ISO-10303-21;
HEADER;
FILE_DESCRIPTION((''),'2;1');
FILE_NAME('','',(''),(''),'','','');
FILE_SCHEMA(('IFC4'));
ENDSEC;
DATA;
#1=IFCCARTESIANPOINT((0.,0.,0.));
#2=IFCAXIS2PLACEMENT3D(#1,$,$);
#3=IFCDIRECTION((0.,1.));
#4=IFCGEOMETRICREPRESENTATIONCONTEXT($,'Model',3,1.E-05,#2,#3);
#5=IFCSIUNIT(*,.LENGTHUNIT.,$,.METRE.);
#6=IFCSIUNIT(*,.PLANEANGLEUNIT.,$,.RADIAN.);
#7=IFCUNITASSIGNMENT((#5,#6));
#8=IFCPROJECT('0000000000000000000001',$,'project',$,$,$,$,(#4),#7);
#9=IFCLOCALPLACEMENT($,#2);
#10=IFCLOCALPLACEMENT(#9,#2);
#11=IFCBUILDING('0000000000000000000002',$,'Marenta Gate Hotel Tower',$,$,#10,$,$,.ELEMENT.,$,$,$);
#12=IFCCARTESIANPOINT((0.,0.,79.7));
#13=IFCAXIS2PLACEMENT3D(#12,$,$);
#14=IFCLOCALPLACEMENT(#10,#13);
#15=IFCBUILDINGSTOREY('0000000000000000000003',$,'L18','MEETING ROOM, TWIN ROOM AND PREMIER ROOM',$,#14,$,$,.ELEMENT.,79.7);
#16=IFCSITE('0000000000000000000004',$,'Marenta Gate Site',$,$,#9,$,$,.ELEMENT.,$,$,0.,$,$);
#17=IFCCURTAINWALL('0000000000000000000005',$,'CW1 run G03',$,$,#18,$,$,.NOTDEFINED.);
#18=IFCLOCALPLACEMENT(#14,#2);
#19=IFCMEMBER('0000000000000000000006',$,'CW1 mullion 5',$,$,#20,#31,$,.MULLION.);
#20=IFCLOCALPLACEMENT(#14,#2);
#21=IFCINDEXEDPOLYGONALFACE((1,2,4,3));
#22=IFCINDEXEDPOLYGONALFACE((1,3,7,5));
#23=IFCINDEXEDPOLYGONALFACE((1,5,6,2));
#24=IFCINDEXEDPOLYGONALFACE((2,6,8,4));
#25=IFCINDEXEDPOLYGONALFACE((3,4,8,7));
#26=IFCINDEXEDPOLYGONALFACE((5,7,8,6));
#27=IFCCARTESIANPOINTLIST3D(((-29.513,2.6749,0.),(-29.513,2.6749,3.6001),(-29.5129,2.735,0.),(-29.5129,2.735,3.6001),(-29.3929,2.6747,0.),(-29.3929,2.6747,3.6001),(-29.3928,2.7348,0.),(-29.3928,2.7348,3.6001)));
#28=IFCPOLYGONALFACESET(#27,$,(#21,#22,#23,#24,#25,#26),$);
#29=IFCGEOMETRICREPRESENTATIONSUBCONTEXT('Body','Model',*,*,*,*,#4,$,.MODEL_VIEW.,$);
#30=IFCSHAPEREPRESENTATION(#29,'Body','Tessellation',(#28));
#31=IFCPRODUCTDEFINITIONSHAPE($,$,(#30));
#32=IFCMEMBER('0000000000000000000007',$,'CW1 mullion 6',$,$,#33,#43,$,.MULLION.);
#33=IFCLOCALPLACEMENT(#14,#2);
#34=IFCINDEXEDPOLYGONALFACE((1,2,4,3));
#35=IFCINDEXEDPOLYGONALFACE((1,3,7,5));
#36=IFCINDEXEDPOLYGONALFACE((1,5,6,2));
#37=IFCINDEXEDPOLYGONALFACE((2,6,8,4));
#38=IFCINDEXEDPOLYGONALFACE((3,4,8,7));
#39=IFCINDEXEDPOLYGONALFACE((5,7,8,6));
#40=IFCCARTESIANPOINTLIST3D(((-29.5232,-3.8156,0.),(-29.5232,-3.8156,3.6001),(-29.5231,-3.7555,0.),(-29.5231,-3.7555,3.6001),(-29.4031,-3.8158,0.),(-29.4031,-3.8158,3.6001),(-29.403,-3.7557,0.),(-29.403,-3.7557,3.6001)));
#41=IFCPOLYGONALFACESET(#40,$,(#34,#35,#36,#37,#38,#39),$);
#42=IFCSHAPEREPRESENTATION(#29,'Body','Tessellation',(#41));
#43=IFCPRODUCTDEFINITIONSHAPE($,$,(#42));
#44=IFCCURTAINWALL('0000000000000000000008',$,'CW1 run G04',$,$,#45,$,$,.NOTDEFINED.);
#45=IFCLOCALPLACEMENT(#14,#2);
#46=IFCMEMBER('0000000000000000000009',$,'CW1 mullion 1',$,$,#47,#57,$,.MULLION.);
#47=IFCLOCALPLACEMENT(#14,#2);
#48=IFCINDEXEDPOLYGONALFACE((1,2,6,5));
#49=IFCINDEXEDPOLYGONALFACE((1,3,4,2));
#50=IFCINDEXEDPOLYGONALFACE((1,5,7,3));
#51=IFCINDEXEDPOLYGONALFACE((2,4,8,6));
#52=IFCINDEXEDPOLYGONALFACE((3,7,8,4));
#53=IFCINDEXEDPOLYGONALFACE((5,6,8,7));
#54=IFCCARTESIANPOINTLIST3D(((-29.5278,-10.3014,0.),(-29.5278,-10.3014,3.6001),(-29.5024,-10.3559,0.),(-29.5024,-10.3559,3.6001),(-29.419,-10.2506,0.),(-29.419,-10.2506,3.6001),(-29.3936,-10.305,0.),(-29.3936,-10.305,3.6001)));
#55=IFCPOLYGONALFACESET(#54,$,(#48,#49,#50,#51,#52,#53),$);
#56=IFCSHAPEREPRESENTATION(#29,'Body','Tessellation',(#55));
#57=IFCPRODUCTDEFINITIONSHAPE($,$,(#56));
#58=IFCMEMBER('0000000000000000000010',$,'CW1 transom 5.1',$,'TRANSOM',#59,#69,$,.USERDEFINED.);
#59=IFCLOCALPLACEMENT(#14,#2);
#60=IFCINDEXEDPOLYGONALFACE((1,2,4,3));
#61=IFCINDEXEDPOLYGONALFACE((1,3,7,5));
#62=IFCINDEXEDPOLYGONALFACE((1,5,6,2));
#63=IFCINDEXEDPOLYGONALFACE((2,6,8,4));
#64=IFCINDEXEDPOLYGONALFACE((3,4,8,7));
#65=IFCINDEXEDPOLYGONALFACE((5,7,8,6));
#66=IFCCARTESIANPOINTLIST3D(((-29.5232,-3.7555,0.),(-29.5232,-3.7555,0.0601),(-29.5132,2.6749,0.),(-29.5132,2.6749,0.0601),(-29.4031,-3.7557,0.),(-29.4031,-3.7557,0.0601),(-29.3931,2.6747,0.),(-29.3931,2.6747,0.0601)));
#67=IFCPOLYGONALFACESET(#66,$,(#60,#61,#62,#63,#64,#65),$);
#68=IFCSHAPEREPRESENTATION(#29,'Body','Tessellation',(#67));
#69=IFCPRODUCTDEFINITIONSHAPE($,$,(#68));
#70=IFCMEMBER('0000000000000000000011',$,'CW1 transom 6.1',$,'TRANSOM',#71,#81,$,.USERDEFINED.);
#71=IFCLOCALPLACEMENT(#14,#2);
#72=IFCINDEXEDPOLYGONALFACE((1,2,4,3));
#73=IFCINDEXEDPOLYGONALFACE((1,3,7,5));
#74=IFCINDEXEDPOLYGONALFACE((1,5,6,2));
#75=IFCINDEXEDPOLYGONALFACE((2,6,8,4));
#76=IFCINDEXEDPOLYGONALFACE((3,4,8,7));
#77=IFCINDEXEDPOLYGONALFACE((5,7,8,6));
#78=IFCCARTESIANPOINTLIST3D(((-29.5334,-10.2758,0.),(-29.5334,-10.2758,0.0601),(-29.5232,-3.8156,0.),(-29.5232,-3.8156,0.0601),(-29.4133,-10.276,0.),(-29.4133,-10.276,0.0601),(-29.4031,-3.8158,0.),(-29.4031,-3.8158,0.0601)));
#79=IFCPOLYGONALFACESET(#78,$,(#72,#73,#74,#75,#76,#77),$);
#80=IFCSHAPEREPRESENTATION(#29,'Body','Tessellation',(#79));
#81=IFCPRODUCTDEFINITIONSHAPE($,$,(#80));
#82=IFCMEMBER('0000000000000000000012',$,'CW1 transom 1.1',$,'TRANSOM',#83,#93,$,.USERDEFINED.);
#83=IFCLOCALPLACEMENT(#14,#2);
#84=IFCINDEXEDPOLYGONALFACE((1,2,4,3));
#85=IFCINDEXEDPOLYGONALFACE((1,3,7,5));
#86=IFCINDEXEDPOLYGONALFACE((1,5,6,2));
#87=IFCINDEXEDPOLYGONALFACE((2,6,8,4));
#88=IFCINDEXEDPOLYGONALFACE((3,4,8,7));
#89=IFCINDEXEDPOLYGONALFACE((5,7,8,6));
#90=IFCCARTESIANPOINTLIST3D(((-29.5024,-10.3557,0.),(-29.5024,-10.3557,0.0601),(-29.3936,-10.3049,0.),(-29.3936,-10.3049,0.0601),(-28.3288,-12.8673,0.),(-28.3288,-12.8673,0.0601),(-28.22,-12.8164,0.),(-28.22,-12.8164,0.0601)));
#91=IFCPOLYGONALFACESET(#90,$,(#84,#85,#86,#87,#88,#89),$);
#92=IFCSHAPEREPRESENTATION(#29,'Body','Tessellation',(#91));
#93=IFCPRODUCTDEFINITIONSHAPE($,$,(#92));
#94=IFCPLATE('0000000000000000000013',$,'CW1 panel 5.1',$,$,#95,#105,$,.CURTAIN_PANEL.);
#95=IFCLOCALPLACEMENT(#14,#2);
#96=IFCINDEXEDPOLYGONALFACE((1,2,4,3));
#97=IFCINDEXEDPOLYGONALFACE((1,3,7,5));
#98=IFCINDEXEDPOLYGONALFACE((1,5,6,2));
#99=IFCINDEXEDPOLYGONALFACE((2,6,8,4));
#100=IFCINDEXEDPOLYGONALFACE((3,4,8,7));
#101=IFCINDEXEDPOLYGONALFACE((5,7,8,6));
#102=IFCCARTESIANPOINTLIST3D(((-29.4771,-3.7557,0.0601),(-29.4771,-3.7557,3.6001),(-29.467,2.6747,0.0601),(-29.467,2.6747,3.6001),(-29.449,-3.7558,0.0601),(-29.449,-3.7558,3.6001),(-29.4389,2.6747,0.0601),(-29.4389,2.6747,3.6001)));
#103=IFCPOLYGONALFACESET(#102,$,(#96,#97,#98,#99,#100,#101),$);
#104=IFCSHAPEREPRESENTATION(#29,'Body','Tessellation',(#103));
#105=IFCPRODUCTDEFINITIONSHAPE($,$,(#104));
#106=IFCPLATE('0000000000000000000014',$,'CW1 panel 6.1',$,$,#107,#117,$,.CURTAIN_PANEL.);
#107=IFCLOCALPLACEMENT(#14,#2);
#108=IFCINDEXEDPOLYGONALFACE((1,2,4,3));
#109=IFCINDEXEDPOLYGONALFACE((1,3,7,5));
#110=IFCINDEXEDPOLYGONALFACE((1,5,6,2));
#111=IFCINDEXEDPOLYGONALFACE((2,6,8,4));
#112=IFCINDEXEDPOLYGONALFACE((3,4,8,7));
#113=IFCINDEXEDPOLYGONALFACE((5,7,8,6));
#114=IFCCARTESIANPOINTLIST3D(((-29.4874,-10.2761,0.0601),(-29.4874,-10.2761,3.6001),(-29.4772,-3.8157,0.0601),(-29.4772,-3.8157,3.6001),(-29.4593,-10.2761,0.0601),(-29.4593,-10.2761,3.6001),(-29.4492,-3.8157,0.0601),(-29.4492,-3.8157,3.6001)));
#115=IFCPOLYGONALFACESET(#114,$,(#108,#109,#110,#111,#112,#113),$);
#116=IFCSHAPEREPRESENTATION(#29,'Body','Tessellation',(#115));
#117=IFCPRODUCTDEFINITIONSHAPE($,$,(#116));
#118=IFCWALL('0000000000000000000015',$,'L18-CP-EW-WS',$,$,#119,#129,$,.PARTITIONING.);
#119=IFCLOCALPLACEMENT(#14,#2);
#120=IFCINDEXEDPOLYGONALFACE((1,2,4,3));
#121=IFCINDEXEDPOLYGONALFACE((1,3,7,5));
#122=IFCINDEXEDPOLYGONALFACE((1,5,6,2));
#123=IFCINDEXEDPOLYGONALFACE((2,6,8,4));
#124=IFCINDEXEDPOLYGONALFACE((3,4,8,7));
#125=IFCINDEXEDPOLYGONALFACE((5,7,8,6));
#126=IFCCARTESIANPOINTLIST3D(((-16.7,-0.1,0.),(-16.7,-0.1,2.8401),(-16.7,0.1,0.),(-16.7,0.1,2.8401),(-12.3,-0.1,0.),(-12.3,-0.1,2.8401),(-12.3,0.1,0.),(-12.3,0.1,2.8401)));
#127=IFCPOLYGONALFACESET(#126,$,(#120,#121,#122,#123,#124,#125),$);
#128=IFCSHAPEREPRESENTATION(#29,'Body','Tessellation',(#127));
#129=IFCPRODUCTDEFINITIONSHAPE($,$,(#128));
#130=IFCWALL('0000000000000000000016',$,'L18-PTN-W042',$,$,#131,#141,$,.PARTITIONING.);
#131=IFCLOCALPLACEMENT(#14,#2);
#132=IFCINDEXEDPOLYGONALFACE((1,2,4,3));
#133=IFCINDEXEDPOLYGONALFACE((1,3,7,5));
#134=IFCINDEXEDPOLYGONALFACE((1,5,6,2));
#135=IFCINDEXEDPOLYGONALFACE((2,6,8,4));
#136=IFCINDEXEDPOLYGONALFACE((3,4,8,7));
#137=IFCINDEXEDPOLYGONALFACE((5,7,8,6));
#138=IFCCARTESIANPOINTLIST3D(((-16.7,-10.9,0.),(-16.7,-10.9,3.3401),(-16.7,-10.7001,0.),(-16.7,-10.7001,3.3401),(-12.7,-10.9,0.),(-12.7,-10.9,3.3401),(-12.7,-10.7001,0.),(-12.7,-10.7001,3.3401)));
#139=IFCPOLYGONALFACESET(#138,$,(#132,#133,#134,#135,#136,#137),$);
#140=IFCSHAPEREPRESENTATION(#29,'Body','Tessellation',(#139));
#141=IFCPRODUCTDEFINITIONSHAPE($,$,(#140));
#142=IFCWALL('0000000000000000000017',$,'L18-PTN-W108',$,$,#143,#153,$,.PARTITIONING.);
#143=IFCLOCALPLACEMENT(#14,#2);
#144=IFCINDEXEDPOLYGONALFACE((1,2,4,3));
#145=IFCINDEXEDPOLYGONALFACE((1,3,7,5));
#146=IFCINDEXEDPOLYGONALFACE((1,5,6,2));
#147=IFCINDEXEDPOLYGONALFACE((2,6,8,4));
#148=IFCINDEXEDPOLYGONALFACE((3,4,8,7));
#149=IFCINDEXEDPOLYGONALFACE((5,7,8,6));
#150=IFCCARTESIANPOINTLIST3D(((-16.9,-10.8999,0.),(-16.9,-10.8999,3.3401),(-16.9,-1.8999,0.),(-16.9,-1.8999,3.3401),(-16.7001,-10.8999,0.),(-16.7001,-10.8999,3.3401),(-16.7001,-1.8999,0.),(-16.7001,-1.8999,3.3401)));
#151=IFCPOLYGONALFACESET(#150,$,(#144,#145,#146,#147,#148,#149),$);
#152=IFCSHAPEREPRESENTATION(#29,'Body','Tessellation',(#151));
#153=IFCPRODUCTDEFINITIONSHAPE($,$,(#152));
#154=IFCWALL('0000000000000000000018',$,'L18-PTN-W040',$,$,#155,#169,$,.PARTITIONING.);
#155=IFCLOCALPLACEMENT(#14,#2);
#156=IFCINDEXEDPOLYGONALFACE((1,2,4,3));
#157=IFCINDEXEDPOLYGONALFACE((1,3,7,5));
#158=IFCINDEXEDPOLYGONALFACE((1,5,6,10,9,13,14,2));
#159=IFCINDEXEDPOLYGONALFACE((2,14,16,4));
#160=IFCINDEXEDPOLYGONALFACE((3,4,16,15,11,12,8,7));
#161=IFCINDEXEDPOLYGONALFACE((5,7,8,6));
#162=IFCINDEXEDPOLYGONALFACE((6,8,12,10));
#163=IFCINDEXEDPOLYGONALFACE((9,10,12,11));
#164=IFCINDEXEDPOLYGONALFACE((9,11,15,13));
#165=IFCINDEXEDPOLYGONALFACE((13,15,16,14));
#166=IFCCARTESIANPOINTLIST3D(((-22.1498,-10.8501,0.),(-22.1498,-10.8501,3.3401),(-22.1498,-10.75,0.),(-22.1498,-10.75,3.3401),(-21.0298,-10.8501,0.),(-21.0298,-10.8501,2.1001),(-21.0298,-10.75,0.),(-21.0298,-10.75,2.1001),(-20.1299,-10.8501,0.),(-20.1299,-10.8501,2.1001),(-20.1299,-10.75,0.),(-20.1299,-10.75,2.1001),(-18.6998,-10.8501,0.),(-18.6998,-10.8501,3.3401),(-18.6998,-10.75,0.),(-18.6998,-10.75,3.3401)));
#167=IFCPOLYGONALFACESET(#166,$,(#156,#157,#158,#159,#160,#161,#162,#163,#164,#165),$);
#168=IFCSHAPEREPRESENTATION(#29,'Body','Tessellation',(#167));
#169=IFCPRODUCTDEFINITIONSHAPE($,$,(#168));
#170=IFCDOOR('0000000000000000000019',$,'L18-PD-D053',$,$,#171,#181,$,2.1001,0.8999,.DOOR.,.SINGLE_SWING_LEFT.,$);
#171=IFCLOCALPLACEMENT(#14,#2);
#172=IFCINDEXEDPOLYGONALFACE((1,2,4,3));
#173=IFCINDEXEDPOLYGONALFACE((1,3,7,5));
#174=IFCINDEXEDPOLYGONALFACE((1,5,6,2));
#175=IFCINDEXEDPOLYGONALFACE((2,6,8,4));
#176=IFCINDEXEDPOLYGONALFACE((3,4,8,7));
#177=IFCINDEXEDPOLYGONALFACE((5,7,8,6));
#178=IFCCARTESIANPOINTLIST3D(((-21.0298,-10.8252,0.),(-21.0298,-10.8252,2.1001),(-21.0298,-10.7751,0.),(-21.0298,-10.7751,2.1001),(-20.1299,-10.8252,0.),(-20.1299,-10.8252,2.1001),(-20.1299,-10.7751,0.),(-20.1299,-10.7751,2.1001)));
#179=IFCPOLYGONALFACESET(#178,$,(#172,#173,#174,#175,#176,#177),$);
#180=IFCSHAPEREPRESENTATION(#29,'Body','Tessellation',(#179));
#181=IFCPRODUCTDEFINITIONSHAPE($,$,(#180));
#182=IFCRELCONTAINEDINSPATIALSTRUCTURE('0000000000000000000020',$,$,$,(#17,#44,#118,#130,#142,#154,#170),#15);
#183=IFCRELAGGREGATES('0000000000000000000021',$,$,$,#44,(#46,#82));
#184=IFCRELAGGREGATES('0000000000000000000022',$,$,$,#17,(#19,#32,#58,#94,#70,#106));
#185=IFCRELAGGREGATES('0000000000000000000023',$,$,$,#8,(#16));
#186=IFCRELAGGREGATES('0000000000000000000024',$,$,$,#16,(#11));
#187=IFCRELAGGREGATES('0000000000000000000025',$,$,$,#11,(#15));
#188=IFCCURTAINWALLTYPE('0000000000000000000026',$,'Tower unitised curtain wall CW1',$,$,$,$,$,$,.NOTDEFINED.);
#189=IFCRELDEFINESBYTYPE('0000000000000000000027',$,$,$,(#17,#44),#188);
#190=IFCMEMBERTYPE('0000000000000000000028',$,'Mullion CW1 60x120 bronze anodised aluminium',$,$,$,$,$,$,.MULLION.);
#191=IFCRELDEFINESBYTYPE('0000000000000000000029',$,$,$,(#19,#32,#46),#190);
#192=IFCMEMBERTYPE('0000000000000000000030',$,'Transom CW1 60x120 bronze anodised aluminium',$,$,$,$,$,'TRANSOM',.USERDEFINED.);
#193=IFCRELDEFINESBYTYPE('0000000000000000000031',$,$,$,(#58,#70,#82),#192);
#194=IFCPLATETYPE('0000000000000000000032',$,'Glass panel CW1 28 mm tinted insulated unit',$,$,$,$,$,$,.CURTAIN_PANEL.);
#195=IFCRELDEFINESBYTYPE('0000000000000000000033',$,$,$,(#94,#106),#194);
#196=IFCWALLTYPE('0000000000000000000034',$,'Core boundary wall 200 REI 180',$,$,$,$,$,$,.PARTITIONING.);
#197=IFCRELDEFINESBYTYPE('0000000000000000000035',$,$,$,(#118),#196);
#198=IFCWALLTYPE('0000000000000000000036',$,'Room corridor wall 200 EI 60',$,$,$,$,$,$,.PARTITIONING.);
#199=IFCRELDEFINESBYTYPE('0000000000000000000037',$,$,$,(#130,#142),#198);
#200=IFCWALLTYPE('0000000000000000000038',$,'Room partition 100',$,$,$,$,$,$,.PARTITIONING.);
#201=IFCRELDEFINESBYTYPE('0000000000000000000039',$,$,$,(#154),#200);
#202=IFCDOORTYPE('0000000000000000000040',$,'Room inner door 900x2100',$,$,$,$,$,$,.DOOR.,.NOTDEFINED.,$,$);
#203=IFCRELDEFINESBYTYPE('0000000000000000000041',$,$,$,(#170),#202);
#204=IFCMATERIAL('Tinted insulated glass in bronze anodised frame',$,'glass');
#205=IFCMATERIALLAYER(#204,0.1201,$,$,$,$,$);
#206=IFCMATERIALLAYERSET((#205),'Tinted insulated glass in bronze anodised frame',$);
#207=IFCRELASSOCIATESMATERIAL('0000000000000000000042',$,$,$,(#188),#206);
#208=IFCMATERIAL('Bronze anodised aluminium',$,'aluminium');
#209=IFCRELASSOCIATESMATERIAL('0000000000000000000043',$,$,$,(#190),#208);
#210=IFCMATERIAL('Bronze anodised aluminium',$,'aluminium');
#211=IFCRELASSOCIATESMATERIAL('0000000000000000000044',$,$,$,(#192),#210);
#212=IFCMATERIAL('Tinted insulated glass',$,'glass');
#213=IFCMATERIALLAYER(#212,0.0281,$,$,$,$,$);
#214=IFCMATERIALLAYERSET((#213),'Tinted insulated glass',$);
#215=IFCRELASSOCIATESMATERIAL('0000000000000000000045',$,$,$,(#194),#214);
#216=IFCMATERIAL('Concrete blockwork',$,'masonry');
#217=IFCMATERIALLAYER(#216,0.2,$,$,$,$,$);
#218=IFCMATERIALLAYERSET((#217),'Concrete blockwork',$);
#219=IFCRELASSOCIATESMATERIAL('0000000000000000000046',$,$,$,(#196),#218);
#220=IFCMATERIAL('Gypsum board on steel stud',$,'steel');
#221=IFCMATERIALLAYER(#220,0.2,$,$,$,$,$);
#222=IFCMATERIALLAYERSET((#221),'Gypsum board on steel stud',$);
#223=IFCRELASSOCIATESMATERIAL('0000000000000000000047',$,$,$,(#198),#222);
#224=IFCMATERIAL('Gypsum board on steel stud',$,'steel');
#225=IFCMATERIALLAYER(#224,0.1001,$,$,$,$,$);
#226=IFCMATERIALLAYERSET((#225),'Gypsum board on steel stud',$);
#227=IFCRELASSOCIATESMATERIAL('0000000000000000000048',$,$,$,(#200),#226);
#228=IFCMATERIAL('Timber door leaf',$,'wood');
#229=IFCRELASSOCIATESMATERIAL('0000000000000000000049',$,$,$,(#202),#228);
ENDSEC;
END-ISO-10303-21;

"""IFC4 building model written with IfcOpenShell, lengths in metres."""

from ifc_helpers import new_model, si_unit, direction, frame, frame_2d, origin, origin_2d, place, context, subcontext, project, spatial, rectangle, extrude, material, layer, layer_set, material_profile, profile_set, type_object, element, fill, aggregate, save


model = new_model("IFC4")

# Units and contexts
model_context = context("Model", 3, precision=1e-05, world=origin(), true_north=direction((0.0, 1.0)))
body_context = subcontext(model_context, "Body", "Model", "MODEL_VIEW")
ifc_project = project(units=[si_unit("LENGTHUNIT", "METRE"), si_unit("PLANEANGLEUNIT", "RADIAN")], contexts=[model_context])

# Site, building, storey
site_placement = place(None, origin())
site = spatial("IfcSite", under=ifc_project, at=site_placement, Name="Marenta Gate Site", CompositionType="ELEMENT", RefElevation=0.0)
building_placement = place(site_placement, origin())
building = spatial("IfcBuilding", under=site, at=building_placement, Name="Marenta Gate Hotel Tower", CompositionType="ELEMENT")
storey_placement = place(building_placement, frame((0.0, 0.0, 79.7)))
storey = spatial("IfcBuildingStorey", under=building, at=storey_placement, Name="L18", Description="MEETING ROOM, TWIN ROOM AND PREMIER ROOM", CompositionType="ELEMENT", Elevation=79.7)

# Curtain wall, members
ifc_material_1 = material(Name="Tinted insulated glass in bronze anodised frame", Category="glass")
ifc_layer_1 = layer(ifc_material_1, 0.1201)
ifc_layer_set_1 = layer_set([ifc_layer_1], Name="Tinted insulated glass in bronze anodised frame")
curtain_wall_type = type_object("IfcCurtainWallType", Name="Tower unitised curtain wall CW1", PredefinedType="NOTDEFINED", material=ifc_layer_set_1)
curtain_wall_1_placement = place(storey_placement, origin())
curtain_wall_1 = element("IfcCurtainWall", 1, at=curtain_wall_1_placement, inside=storey, type_object=curtain_wall_type, Name="CW1 run G03", PredefinedType="NOTDEFINED")
ifc_material_2 = material(Name="Bronze anodised aluminium", Category="aluminium")
ifc_material_profile_1 = material_profile(ifc_material_2, rectangle(XDim=0.1201, YDim=0.0601, at=origin_2d()), Name="Mullion CW1 60x120 bronze anodised aluminium")
ifc_profile_set_1 = profile_set([ifc_material_profile_1], Name="Bronze anodised aluminium")
member_type_1 = type_object("IfcMemberType", Name="Mullion CW1 60x120 bronze anodised aluminium", PredefinedType="MULLION", material=ifc_profile_set_1)
member_1_placement = place(storey_placement, frame((-29.4529, 2.7048, 0.0), z_axis=(0.0, 0.0, 1.0), x_axis=(0.999999, -0.001566, 0.0)))
member_1 = element("IfcMember", 2, at=member_1_placement, type_object=member_type_1, Name="CW1 mullion 5", PredefinedType="MULLION", context=body_context, shape_type="SweptSolid", body=[
    extrude(rectangle(XDim=0.1201, YDim=0.0601, at=origin_2d()), origin(), (0.0, 0.0, 1.0), 3.6001),
])
member_2_placement = place(storey_placement, frame((-29.4631, -3.7856, 0.0), z_axis=(0.0, 0.0, 1.0), x_axis=(0.999999, -0.001566, 0.0)))
member_2 = element("IfcMember", 3, at=member_2_placement, type_object=member_type_1, Name="CW1 mullion 6", PredefinedType="MULLION", context=body_context, shape_type="SweptSolid", body=[
    extrude(rectangle(XDim=0.1201, YDim=0.0601, at=origin_2d()), origin(), (0.0, 0.0, 1.0), 3.6001),
])

# Curtain wall, member
curtain_wall_2_placement = place(storey_placement, origin())
curtain_wall_2 = element("IfcCurtainWall", 4, at=curtain_wall_2_placement, inside=storey, type_object=curtain_wall_type, Name="CW1 run G04", PredefinedType="NOTDEFINED")
member_3_placement = place(storey_placement, frame((-29.4607, -10.3032, 0.0), z_axis=(0.0, 0.0, 1.0), x_axis=(0.90597, 0.423342, 0.0)))
member_3 = element("IfcMember", 5, at=member_3_placement, type_object=member_type_1, Name="CW1 mullion 1", PredefinedType="MULLION", context=body_context, shape_type="SweptSolid", body=[
    extrude(rectangle(XDim=0.1201, YDim=0.0601, at=origin_2d()), origin(), (0.0, 0.0, 1.0), 3.6001),
])

# Members
ifc_material_3 = material(Name="Bronze anodised aluminium", Category="aluminium")
ifc_material_profile_2 = material_profile(ifc_material_3, rectangle(XDim=0.1201, YDim=0.0601, at=origin_2d()), Name="Transom CW1 60x120 bronze anodised aluminium")
ifc_profile_set_2 = profile_set([ifc_material_profile_2], Name="Bronze anodised aluminium")
member_type_2 = type_object("IfcMemberType", Name="Transom CW1 60x120 bronze anodised aluminium", ElementType="TRANSOM", PredefinedType="USERDEFINED", material=ifc_profile_set_2)
member_4_placement = place(storey_placement, frame((-29.4531, 2.6748, 0.03), z_axis=(-0.001557, -0.999999, 0.0), x_axis=(0.999999, -0.001557, 0.0)))
member_4 = element("IfcMember", 6, at=member_4_placement, type_object=member_type_2, Name="CW1 transom 5.1", ObjectType="TRANSOM", PredefinedType="USERDEFINED", context=body_context, shape_type="SweptSolid", body=[
    extrude(rectangle(XDim=0.1201, YDim=0.0601, at=origin_2d()), origin(), (0.0, 0.0, 1.0), 6.4304),
])
member_5_placement = place(storey_placement, frame((-29.4631, -3.8157, 0.03), z_axis=(-0.001587, -0.999999, 0.0), x_axis=(0.999999, -0.001587, 0.0)))
member_5 = element("IfcMember", 7, at=member_5_placement, type_object=member_type_2, Name="CW1 transom 6.1", ObjectType="TRANSOM", PredefinedType="USERDEFINED", context=body_context, shape_type="SweptSolid", body=[
    extrude(rectangle(XDim=0.1201, YDim=0.0601, at=origin_2d()), origin(), (0.0, 0.0, 1.0), 6.4602),
])
member_6_placement = place(storey_placement, frame((-29.448, -10.3303, 0.03), z_axis=(0.423348, -0.905967, 0.0), x_axis=(0.905967, 0.423348, 0.0)))
member_6 = element("IfcMember", 8, at=member_6_placement, type_object=member_type_2, Name="CW1 transom 1.1", ObjectType="TRANSOM", PredefinedType="USERDEFINED", context=body_context, shape_type="SweptSolid", body=[
    extrude(rectangle(XDim=0.1201, YDim=0.0601, at=origin_2d()), origin(), (0.0, 0.0, 1.0), 2.7722),
])
aggregate(curtain_wall_2, [member_3, member_6])

# Plates
ifc_material_4 = material(Name="Tinted insulated glass", Category="glass")
ifc_layer_2 = layer(ifc_material_4, 0.0281)
ifc_layer_set_2 = layer_set([ifc_layer_2], Name="Tinted insulated glass")
plate_type = type_object("IfcPlateType", Name="Glass panel CW1 28 mm tinted insulated unit", PredefinedType="CURTAIN_PANEL", material=ifc_layer_set_2)
plate_1_placement = place(storey_placement, frame((-29.458, -0.5405, 0.0601), z_axis=(0.0, 0.0, 1.0), x_axis=(-0.001566, -0.999999, 0.0)))
plate_1 = element("IfcPlate", 9, at=plate_1_placement, type_object=plate_type, Name="CW1 panel 5.1", PredefinedType="CURTAIN_PANEL", context=body_context, shape_type="SweptSolid", body=[
    extrude(rectangle(XDim=6.4304, YDim=0.0281, at=origin_2d()), origin(), (0.0, 0.0, 1.0), 3.54),
])
plate_2_placement = place(storey_placement, frame((-29.4683, -7.0459, 0.0601), z_axis=(0.0, 0.0, 1.0), x_axis=(-0.001566, -0.999999, 0.0)))
plate_2 = element("IfcPlate", 10, at=plate_2_placement, type_object=plate_type, Name="CW1 panel 6.1", PredefinedType="CURTAIN_PANEL", context=body_context, shape_type="SweptSolid", body=[
    extrude(rectangle(XDim=6.4604, YDim=0.0281, at=origin_2d()), origin(), (0.0, 0.0, 1.0), 3.54),
])
aggregate(curtain_wall_1, [member_1, member_2, member_4, plate_1, member_5, plate_2])

# Shared definitions
ifc_material_5 = material(Name="Concrete blockwork", Category="masonry")
ifc_layer_3 = layer(ifc_material_5, 0.2)
ifc_layer_set_3 = layer_set([ifc_layer_3], Name="Concrete blockwork")
wall_type_1 = type_object("IfcWallType", Name="Core boundary wall 200 REI 180", PredefinedType="PARTITIONING", material=ifc_layer_set_3)

# Walls
wall_1_placement = place(storey_placement, frame((-16.7, 0.0, 0.0), z_axis=(0.0, 0.0, 1.0), x_axis=(1.0, 0.0, 0.0)))
element("IfcWall", 11, at=wall_1_placement, inside=storey, type_object=wall_type_1, Name="L18-CP-EW-WS", PredefinedType="PARTITIONING", context=body_context, shape_type="SweptSolid", body=[
    extrude(rectangle(XDim=4.3999, YDim=0.2, at=frame_2d((2.2, 0.0))), origin(), (0.0, 0.0, 1.0), 2.8401),
])
ifc_material_6 = material(Name="Gypsum board on steel stud", Category="steel")
ifc_layer_4 = layer(ifc_material_6, 0.2)
ifc_layer_set_4 = layer_set([ifc_layer_4], Name="Gypsum board on steel stud")
wall_type_2 = type_object("IfcWallType", Name="Room corridor wall 200 EI 60", PredefinedType="PARTITIONING", material=ifc_layer_set_4)
wall_2_placement = place(storey_placement, frame((-16.7, -10.8, 0.0), z_axis=(0.0, 0.0, 1.0), x_axis=(1.0, 0.0, 0.0)))
element("IfcWall", 12, at=wall_2_placement, inside=storey, type_object=wall_type_2, Name="L18-PTN-W042", PredefinedType="PARTITIONING", context=body_context, shape_type="SweptSolid", body=[
    extrude(rectangle(XDim=4.0, YDim=0.2, at=frame_2d((2.0, 0.0))), origin(), (0.0, 0.0, 1.0), 3.3401),
])

# Wall
wall_3_placement = place(storey_placement, frame((-16.8, -10.8999, 0.0), z_axis=(0.0, 0.0, 1.0), x_axis=(0.0, 1.0, 0.0)))
element("IfcWall", 13, at=wall_3_placement, inside=storey, type_object=wall_type_2, Name="L18-PTN-W108", PredefinedType="PARTITIONING", context=body_context, shape_type="SweptSolid", body=[
    extrude(rectangle(XDim=9.0, YDim=0.2, at=frame_2d((4.5, 0.0))), origin(), (0.0, 0.0, 1.0), 3.3401),
])

# Wall, opening, door
ifc_material_7 = material(Name="Gypsum board on steel stud", Category="steel")
ifc_layer_5 = layer(ifc_material_7, 0.1001)
ifc_layer_set_5 = layer_set([ifc_layer_5], Name="Gypsum board on steel stud")
wall_type_3 = type_object("IfcWallType", Name="Room partition 100", PredefinedType="PARTITIONING", material=ifc_layer_set_5)
wall_4_placement = place(storey_placement, frame((-22.1499, -10.8, 0.0), z_axis=(0.0, 0.0, 1.0), x_axis=(1.0, 0.0, 0.0)))
wall_4 = element("IfcWall", 14, at=wall_4_placement, inside=storey, type_object=wall_type_3, Name="L18-PTN-W040", PredefinedType="PARTITIONING", context=body_context, shape_type="SweptSolid", body=[
    extrude(rectangle(XDim=3.45, YDim=0.1001, at=frame_2d((1.7251, 0.0))), origin(), (0.0, 0.0, 1.0), 3.3401),
])
opening_1_placement = place(wall_4_placement, frame((1.1201, 0.0, 0.0)))
opening_1 = element("IfcOpeningElement", 15, at=opening_1_placement, cuts=wall_4, PredefinedType="OPENING", context=body_context, shape_type="SweptSolid", body=[
    extrude(rectangle(XDim=0.8999, YDim=2.1001, at=frame_2d((0.45, 1.05))), frame((0.0, 0.05, 0.0), z_axis=(0.0, -1.0, 0.0), x_axis=(1.0, 0.0, 0.0)), (0.0, 0.0, 1.0), 0.1001),
])
ifc_material_8 = material(Name="Timber door leaf", Category="wood")
door_type_1 = type_object("IfcDoorType", Name="Room inner door 900x2100", OperationType="NOTDEFINED", PredefinedType="DOOR", material=ifc_material_8)
door_1_placement = place(opening_1_placement, origin())
door_1 = element("IfcDoor", 16, at=door_1_placement, inside=storey, type_object=door_type_1, Name="L18-PD-D053", OperationType="SINGLE_SWING_LEFT", OverallHeight=2.1001, OverallWidth=0.8999, PredefinedType="DOOR", context=body_context, shape_type="SweptSolid", body=[
    extrude(rectangle(XDim=0.8999, YDim=2.1001, at=frame_2d((0.45, 1.05))), frame((0.0, 0.0249, 0.0), z_axis=(0.0, -1.0, 0.0), x_axis=(1.0, 0.0, 0.0)), (0.0, 0.0, 1.0), 0.05),
])
fill(opening_1, door_1)

save(model, "model.ifc")
